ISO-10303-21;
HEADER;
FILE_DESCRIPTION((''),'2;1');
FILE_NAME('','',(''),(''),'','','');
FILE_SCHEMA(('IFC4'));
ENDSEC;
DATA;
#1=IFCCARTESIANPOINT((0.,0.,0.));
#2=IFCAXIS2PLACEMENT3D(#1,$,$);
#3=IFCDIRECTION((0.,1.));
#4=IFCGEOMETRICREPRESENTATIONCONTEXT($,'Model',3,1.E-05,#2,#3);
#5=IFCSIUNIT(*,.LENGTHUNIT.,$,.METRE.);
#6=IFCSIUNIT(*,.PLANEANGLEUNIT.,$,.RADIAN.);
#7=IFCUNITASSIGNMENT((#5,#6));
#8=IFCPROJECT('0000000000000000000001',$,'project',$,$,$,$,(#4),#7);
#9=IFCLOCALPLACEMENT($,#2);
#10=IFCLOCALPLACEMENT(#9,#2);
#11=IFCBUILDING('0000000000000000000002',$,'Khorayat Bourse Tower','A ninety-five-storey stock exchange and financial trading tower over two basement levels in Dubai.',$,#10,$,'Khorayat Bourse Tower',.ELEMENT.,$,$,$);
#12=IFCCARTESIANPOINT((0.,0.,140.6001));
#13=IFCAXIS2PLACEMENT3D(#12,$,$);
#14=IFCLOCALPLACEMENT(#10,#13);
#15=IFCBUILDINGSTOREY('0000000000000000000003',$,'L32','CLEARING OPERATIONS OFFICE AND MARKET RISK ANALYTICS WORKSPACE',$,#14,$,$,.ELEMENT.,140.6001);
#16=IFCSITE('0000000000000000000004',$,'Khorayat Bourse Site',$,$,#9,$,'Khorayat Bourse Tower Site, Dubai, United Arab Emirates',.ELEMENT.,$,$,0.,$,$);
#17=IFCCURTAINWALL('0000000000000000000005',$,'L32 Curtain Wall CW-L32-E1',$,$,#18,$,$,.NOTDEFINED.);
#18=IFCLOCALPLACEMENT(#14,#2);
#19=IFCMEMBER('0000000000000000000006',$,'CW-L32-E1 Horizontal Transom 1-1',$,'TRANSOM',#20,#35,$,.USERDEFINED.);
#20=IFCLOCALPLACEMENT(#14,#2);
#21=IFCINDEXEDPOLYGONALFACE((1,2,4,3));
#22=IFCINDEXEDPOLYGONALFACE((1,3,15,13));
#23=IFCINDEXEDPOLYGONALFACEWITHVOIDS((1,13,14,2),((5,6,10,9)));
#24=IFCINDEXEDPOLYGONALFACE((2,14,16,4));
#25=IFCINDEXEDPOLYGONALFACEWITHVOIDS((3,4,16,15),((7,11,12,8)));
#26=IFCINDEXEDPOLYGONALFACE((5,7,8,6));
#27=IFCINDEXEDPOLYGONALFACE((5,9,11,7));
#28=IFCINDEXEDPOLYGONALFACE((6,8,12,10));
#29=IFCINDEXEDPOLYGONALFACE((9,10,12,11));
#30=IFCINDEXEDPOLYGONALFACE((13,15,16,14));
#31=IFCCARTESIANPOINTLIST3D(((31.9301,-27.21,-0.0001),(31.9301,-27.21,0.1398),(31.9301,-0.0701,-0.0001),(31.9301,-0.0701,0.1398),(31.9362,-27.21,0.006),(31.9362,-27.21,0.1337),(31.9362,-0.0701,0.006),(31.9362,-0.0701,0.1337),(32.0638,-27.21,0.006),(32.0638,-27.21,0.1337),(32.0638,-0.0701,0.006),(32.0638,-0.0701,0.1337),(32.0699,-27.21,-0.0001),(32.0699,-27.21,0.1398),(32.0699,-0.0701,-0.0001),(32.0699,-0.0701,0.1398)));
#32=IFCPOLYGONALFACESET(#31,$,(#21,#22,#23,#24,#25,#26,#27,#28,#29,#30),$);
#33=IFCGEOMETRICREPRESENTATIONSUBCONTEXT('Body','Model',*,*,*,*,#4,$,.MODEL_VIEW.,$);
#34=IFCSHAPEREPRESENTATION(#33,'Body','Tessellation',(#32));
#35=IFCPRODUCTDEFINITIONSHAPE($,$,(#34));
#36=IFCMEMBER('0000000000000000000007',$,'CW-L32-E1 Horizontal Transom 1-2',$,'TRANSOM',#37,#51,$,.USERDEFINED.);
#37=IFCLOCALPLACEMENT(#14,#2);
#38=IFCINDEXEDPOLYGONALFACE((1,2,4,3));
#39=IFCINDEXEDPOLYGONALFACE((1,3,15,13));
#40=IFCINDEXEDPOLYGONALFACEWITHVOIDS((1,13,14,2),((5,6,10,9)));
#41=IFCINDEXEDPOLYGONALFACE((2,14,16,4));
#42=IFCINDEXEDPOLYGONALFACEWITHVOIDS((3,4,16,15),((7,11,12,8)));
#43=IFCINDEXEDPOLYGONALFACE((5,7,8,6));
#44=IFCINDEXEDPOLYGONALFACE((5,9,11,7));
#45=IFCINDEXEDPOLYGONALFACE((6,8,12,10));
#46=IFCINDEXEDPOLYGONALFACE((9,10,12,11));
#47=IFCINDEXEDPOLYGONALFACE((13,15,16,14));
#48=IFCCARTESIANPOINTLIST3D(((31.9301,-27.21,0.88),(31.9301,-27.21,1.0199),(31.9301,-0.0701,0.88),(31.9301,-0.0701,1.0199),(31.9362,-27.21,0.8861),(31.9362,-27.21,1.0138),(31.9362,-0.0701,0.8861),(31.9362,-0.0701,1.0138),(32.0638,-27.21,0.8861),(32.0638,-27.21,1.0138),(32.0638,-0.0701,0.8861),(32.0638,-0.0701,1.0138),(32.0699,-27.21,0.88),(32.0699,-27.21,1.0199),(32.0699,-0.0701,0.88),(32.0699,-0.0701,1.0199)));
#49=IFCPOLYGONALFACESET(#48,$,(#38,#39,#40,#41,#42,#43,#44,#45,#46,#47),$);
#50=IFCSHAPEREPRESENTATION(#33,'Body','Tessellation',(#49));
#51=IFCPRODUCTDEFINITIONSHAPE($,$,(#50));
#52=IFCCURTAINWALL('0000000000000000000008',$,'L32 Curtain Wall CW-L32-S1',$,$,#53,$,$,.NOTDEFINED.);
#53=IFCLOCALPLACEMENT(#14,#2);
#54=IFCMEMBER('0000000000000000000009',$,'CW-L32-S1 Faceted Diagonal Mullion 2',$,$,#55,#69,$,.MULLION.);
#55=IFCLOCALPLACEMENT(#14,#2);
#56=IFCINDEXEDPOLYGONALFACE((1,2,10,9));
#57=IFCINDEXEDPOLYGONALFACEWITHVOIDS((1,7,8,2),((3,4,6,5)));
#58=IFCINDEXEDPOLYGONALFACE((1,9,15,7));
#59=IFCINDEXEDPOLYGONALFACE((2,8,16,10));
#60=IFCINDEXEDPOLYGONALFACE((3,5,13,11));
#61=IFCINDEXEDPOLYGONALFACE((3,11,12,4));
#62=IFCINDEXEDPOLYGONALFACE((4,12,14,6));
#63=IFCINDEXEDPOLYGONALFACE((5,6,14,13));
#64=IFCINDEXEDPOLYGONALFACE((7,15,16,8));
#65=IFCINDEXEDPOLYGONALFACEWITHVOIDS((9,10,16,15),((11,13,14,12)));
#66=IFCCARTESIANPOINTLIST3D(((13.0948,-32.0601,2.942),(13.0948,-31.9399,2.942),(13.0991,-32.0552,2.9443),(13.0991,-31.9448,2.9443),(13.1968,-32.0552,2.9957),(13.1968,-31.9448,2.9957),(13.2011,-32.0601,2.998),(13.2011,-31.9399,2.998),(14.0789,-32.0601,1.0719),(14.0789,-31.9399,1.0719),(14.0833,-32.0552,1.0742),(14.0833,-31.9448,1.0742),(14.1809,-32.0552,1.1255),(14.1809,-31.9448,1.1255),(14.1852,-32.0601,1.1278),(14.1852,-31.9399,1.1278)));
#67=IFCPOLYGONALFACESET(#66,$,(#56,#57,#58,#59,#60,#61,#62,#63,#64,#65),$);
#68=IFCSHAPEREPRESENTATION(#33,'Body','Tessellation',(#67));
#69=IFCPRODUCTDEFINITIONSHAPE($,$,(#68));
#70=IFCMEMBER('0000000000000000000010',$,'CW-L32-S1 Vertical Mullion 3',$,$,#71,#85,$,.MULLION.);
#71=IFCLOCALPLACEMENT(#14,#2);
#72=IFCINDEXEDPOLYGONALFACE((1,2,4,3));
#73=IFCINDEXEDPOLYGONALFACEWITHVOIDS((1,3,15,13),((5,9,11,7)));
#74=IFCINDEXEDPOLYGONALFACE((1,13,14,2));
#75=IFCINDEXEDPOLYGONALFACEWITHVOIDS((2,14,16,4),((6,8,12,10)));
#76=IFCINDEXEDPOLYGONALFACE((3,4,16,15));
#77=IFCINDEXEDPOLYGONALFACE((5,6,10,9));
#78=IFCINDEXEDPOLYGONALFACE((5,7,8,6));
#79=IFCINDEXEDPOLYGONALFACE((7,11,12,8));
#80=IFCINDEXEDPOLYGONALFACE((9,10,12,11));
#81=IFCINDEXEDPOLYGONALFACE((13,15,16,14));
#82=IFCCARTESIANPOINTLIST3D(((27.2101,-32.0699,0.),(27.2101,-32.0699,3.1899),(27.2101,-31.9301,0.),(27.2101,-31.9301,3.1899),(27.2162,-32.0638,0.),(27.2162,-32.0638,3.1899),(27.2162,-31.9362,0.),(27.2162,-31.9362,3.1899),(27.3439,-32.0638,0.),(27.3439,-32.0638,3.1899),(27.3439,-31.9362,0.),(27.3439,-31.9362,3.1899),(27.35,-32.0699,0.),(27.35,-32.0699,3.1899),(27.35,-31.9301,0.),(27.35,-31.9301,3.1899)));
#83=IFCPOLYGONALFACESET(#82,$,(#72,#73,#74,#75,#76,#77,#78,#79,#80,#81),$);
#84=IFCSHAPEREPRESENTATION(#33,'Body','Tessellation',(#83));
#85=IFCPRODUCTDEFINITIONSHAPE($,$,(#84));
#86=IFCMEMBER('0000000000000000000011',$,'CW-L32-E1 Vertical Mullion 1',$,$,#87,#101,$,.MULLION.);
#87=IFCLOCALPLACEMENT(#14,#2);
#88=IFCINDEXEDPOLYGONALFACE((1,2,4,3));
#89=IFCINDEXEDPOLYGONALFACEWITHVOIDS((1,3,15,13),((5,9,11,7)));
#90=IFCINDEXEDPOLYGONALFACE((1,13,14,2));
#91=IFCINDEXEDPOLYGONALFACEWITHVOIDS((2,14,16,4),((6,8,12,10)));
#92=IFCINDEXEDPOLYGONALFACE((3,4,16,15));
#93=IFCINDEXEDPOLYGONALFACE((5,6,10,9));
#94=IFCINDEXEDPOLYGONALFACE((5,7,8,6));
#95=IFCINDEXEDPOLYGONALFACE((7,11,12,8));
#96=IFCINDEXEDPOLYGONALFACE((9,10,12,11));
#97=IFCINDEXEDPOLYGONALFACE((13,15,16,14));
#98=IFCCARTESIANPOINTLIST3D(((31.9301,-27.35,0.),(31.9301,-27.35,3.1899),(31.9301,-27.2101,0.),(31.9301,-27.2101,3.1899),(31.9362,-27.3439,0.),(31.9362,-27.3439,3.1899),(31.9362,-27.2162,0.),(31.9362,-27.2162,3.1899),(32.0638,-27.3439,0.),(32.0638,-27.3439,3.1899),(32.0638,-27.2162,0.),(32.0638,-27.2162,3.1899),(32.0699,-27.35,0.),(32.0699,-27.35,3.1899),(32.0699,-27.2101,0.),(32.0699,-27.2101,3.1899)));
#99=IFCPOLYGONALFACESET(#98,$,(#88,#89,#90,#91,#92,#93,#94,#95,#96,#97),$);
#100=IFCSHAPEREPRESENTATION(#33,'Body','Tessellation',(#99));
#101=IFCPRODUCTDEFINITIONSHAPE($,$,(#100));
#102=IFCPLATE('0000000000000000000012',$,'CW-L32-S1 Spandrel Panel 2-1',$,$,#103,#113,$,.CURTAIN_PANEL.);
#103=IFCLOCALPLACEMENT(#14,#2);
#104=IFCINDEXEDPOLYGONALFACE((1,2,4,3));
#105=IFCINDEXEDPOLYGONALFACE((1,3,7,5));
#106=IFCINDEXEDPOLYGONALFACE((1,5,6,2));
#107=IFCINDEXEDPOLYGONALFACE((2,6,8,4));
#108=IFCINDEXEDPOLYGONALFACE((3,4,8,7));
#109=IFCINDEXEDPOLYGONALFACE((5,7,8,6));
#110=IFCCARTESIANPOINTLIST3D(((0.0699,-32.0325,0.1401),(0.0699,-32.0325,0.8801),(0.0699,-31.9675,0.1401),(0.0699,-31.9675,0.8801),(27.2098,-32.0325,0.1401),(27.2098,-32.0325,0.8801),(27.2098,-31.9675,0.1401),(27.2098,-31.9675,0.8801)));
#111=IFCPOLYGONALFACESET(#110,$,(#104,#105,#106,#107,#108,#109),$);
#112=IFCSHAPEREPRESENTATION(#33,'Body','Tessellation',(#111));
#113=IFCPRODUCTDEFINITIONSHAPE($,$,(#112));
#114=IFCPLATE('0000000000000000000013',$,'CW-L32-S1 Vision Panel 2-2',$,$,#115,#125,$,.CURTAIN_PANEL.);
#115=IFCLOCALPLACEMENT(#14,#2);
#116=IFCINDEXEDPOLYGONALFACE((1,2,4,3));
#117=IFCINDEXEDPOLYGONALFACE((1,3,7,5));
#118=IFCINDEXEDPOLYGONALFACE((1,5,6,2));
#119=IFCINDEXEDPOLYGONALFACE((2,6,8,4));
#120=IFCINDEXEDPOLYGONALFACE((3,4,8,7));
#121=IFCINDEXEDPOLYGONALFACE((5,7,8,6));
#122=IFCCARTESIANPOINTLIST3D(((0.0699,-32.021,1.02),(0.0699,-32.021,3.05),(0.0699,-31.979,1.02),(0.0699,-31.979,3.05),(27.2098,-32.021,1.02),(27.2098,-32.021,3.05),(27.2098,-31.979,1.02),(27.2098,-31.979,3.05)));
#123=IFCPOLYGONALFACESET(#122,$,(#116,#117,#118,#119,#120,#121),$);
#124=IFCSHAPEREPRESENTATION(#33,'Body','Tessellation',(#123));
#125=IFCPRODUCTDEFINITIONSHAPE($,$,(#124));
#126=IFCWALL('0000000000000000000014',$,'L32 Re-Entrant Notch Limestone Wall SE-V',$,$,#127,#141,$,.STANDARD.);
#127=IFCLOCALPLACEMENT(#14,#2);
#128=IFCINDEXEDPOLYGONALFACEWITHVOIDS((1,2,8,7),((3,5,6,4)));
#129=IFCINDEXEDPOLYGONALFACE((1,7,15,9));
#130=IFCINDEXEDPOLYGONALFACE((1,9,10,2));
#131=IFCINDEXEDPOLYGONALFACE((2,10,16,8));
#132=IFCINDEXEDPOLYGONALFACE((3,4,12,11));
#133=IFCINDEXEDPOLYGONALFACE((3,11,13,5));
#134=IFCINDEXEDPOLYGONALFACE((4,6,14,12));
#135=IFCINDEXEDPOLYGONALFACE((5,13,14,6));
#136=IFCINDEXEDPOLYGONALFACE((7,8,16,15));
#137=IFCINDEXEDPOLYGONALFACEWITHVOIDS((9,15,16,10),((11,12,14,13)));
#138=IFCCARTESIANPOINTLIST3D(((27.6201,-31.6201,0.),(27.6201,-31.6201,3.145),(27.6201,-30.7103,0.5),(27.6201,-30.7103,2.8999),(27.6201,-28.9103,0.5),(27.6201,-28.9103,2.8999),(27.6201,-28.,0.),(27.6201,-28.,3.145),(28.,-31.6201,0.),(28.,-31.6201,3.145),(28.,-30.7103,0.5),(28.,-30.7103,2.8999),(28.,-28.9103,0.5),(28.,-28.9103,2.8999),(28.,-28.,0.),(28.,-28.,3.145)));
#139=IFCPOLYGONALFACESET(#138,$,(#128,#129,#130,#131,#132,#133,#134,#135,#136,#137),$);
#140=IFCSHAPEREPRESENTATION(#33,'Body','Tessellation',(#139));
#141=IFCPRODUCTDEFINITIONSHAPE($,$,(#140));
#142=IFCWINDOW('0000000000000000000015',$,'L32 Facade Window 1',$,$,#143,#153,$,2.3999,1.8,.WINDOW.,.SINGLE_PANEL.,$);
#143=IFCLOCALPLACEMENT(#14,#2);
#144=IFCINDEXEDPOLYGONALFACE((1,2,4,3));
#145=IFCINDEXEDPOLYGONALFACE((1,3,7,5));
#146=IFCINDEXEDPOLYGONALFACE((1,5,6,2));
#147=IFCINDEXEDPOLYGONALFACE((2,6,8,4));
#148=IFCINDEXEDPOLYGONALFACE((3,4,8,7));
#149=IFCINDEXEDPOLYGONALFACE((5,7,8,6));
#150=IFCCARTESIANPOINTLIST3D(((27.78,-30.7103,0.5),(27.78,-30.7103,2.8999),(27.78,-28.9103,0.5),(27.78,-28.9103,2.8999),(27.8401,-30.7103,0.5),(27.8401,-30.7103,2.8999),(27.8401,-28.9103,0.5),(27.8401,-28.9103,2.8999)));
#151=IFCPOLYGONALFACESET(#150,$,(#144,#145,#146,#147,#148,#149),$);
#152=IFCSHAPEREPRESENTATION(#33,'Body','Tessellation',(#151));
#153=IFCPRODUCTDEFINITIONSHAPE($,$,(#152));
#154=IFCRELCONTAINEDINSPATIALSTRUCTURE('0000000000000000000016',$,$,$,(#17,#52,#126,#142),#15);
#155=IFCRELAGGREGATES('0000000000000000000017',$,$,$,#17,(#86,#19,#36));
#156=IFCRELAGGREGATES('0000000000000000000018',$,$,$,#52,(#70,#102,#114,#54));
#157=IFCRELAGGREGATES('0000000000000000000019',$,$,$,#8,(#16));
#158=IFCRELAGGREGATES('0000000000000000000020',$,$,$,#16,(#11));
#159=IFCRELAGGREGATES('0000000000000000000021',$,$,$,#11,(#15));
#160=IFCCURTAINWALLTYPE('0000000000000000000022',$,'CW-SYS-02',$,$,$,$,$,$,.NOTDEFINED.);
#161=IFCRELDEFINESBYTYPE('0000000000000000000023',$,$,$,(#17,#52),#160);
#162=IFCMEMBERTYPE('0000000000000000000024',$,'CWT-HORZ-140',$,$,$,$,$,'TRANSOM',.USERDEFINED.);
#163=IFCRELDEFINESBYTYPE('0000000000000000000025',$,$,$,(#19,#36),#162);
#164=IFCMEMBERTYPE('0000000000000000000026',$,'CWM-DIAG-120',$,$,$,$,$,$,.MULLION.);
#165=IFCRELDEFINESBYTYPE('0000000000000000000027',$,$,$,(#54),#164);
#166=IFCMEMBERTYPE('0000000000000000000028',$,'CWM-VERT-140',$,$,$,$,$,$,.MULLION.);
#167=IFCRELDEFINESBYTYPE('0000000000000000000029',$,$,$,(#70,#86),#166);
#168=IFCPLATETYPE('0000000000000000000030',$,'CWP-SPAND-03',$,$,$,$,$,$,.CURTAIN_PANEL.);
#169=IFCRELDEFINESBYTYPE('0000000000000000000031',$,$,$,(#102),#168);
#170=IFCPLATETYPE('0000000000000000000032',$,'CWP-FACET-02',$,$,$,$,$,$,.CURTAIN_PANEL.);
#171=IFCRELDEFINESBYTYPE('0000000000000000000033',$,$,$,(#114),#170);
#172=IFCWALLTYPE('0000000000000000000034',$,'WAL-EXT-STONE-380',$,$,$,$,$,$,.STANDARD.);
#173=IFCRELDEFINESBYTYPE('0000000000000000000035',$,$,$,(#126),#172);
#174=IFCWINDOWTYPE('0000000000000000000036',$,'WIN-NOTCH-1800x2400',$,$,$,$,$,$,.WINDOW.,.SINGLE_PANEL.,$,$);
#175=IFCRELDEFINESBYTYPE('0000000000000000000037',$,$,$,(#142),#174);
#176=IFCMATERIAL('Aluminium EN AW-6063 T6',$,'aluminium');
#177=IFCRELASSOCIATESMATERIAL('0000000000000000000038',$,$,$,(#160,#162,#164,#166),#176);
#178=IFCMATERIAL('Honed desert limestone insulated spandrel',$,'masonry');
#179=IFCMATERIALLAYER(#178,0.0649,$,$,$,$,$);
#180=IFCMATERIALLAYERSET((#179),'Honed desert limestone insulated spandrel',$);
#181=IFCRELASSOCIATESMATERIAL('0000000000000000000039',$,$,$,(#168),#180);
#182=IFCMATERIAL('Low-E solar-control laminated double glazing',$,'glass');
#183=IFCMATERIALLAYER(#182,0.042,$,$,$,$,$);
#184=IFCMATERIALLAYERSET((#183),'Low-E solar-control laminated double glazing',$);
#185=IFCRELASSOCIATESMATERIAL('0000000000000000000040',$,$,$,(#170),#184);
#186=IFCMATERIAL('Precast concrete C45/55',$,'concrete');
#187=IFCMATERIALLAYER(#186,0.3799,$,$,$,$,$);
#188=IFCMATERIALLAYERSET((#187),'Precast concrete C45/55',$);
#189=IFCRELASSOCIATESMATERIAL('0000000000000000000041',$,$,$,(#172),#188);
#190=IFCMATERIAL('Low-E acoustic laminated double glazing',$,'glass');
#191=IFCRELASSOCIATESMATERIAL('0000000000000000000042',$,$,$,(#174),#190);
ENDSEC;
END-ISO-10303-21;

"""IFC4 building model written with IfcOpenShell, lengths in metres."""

from ifc_helpers import new_model, si_unit, direction, frame, frame_2d, origin, origin_2d, place, context, subcontext, project, spatial, rectangle, hollow_rectangle, extrude, source, transform, mapped, material, layer, layer_set, material_profile, profile_set, type_object, element, fill, aggregate, save


model = new_model("IFC4")

# Units and contexts
model_context = context("Model", 3, precision=1e-05, world=origin(), true_north=direction((0.0, 1.0)))
body_context = subcontext(model_context, "Body", "Model", "MODEL_VIEW")
ifc_project = project(units=[si_unit("LENGTHUNIT", "METRE"), si_unit("PLANEANGLEUNIT", "RADIAN")], contexts=[model_context])

# Site, building, storey
site_placement = place(None, origin())
site = spatial("IfcSite", under=ifc_project, at=site_placement, Name="Khorayat Bourse Site", LongName="Khorayat Bourse Tower Site, Dubai, United Arab Emirates", CompositionType="ELEMENT", RefElevation=0.0)
building_placement = place(site_placement, origin())
building = spatial("IfcBuilding", under=site, at=building_placement, Name="Khorayat Bourse Tower", Description="A ninety-five-storey stock exchange and financial trading tower over two basement levels in Dubai.", LongName="Khorayat Bourse Tower", CompositionType="ELEMENT")
storey_placement = place(building_placement, frame((0.0, 0.0, 140.6001)))
storey = spatial("IfcBuildingStorey", under=building, at=storey_placement, Name="L32", Description="CLEARING OPERATIONS OFFICE AND MARKET RISK ANALYTICS WORKSPACE", CompositionType="ELEMENT", Elevation=140.6001)

# Curtain walls, members
ifc_material_1 = material(Name="Aluminium EN AW-6063 T6", Category="aluminium")
curtain_wall_type = type_object("IfcCurtainWallType", Name="CW-SYS-02", PredefinedType="NOTDEFINED", material=ifc_material_1)
curtain_wall_1_placement = place(storey_placement, origin())
curtain_wall_1 = element("IfcCurtainWall", 1, at=curtain_wall_1_placement, inside=storey, type_object=curtain_wall_type, Name="L32 Curtain Wall CW-L32-E1", PredefinedType="NOTDEFINED")
ifc_material_profile_1 = material_profile(ifc_material_1, hollow_rectangle(XDim=0.1399, YDim=0.1399, WallThickness=0.0061, at=origin_2d()), Name="ALU 140x140x6")
ifc_profile_set_1 = profile_set([ifc_material_profile_1], Name="Aluminium EN AW-6063 T6")
member_type_1 = type_object("IfcMemberType", Name="CWT-HORZ-140", ElementType="TRANSOM", PredefinedType="USERDEFINED", material=ifc_profile_set_1)
shared_shape_1 = source(origin(), body_context, "Body", "SweptSolid", [
    extrude(hollow_rectangle(XDim=0.1399, YDim=0.1399, WallThickness=0.0061, at=origin_2d()), origin(), (0.0, 0.0, 1.0), 27.1399),
])
member_1_placement = place(storey_placement, frame((32.0, -27.21, 0.0698), z_axis=(0.0, 1.0, 0.0), x_axis=(-1.0, 0.0, 0.0)))
member_1 = element("IfcMember", 2, at=member_1_placement, type_object=member_type_1, Name="CW-L32-E1 Horizontal Transom 1-1", ObjectType="TRANSOM", PredefinedType="USERDEFINED", context=body_context, shape_type="MappedRepresentation", body=[
    mapped(shared_shape_1, transform((0.0, 0.0, 0.0), scale=1.0)),
])
member_2_placement = place(storey_placement, frame((32.0, -27.21, 0.95), z_axis=(0.0, 1.0, 0.0), x_axis=(-1.0, 0.0, 0.0)))
member_2 = element("IfcMember", 3, at=member_2_placement, type_object=member_type_1, Name="CW-L32-E1 Horizontal Transom 1-2", ObjectType="TRANSOM", PredefinedType="USERDEFINED", context=body_context, shape_type="MappedRepresentation", body=[
    mapped(shared_shape_1, transform((0.0, 0.0, 0.0), scale=1.0)),
])
curtain_wall_2_placement = place(storey_placement, origin())
curtain_wall_2 = element("IfcCurtainWall", 4, at=curtain_wall_2_placement, inside=storey, type_object=curtain_wall_type, Name="L32 Curtain Wall CW-L32-S1", PredefinedType="NOTDEFINED")
ifc_material_profile_2 = material_profile(ifc_material_1, hollow_rectangle(XDim=0.1201, YDim=0.1201, WallThickness=0.0049, at=origin_2d()), Name="ALU 120x120x5")
ifc_profile_set_2 = profile_set([ifc_material_profile_2], Name="Aluminium EN AW-6063 T6")
member_type_2 = type_object("IfcMemberType", Name="CWM-DIAG-120", PredefinedType="MULLION", material=ifc_profile_set_2)
shared_shape_2 = source(origin(), body_context, "Body", "SweptSolid", [
    extrude(hollow_rectangle(XDim=0.1201, YDim=0.1201, WallThickness=0.0049, at=origin_2d()), origin(), (0.0, 0.0, 1.0), 2.1133),
])
member_3_placement = place(storey_placement, frame((14.1321, -32.0, 1.0999), z_axis=(-0.465694, 0.0, 0.884946), x_axis=(0.0, -1.0, 0.0)))
member_3 = element("IfcMember", 5, at=member_3_placement, type_object=member_type_2, Name="CW-L32-S1 Faceted Diagonal Mullion 2", PredefinedType="MULLION", context=body_context, shape_type="MappedRepresentation", body=[
    mapped(shared_shape_2, transform((0.0, 0.0, 0.0), scale=1.0)),
])
ifc_material_profile_3 = material_profile(ifc_material_1, hollow_rectangle(XDim=0.1399, YDim=0.1399, WallThickness=0.0061, at=origin_2d()), Name="ALU 140x140x6")
ifc_profile_set_3 = profile_set([ifc_material_profile_3], Name="Aluminium EN AW-6063 T6")
member_type_3 = type_object("IfcMemberType", Name="CWM-VERT-140", PredefinedType="MULLION", material=ifc_profile_set_3)
shared_shape_3 = source(origin(), body_context, "Body", "SweptSolid", [
    extrude(hollow_rectangle(XDim=0.1399, YDim=0.1399, WallThickness=0.0061, at=origin_2d()), origin(), (0.0, 0.0, 1.0), 3.1899),
])
member_4_placement = place(storey_placement, frame((27.28, -32.0, 0.0), z_axis=(0.0, 0.0, 1.0), x_axis=(0.0, 1.0, 0.0)))
member_4 = element("IfcMember", 6, at=member_4_placement, type_object=member_type_3, Name="CW-L32-S1 Vertical Mullion 3", PredefinedType="MULLION", context=body_context, shape_type="MappedRepresentation", body=[
    mapped(shared_shape_3, transform((0.0, 0.0, 0.0), scale=1.0)),
])

# Member
member_5_placement = place(storey_placement, frame((32.0, -27.28, 0.0), z_axis=(0.0, 0.0, 1.0), x_axis=(-1.0, 0.0, 0.0)))
member_5 = element("IfcMember", 7, at=member_5_placement, type_object=member_type_3, Name="CW-L32-E1 Vertical Mullion 1", PredefinedType="MULLION", context=body_context, shape_type="MappedRepresentation", body=[
    mapped(shared_shape_3, transform((0.0, 0.0, 0.0), scale=1.0)),
])
aggregate(curtain_wall_1, [member_5, member_1, member_2])

# Plates
ifc_material_2 = material(Name="Honed desert limestone insulated spandrel", Category="masonry")
ifc_layer_1 = layer(ifc_material_2, 0.0649)
ifc_layer_set_1 = layer_set([ifc_layer_1], Name="Honed desert limestone insulated spandrel")
plate_type_1 = type_object("IfcPlateType", Name="CWP-SPAND-03", PredefinedType="CURTAIN_PANEL", material=ifc_layer_set_1)
shared_shape_4 = source(origin(), body_context, "Body", "SweptSolid", [
    extrude(rectangle(XDim=27.1399, YDim=0.0649, at=origin_2d()), origin(), (0.0, 0.0, 1.0), 0.74),
])
plate_1_placement = place(storey_placement, frame((13.6399, -32.0, 0.1401), z_axis=(0.0, 0.0, 1.0), x_axis=(1.0, 0.0, 0.0)))
plate_1 = element("IfcPlate", 8, at=plate_1_placement, type_object=plate_type_1, Name="CW-L32-S1 Spandrel Panel 2-1", PredefinedType="CURTAIN_PANEL", context=body_context, shape_type="MappedRepresentation", body=[
    mapped(shared_shape_4, transform((0.0, 0.0, 0.0), scale=1.0)),
])
ifc_material_3 = material(Name="Low-E solar-control laminated double glazing", Category="glass")
ifc_layer_2 = layer(ifc_material_3, 0.042)
ifc_layer_set_2 = layer_set([ifc_layer_2], Name="Low-E solar-control laminated double glazing")
plate_type_2 = type_object("IfcPlateType", Name="CWP-FACET-02", PredefinedType="CURTAIN_PANEL", material=ifc_layer_set_2)
shared_shape_5 = source(origin(), body_context, "Body", "SweptSolid", [
    extrude(rectangle(XDim=27.1399, YDim=0.042, at=origin_2d()), origin(), (0.0, 0.0, 1.0), 2.03),
])
plate_2_placement = place(storey_placement, frame((13.6399, -32.0, 1.02), z_axis=(0.0, 0.0, 1.0), x_axis=(1.0, 0.0, 0.0)))
plate_2 = element("IfcPlate", 9, at=plate_2_placement, type_object=plate_type_2, Name="CW-L32-S1 Vision Panel 2-2", PredefinedType="CURTAIN_PANEL", context=body_context, shape_type="MappedRepresentation", body=[
    mapped(shared_shape_5, transform((0.0, 0.0, 0.0), scale=1.0)),
])
aggregate(curtain_wall_2, [member_4, plate_1, plate_2, member_3])

# Wall, opening, window
ifc_material_4 = material(Name="Precast concrete C45/55", Category="concrete")
ifc_layer_3 = layer(ifc_material_4, 0.3799)
ifc_layer_set_3 = layer_set([ifc_layer_3], Name="Precast concrete C45/55")
wall_type_1 = type_object("IfcWallType", Name="WAL-EXT-STONE-380", PredefinedType="STANDARD", material=ifc_layer_set_3)
shared_shape_6 = source(origin(), body_context, "Body", "SweptSolid", [
    extrude(rectangle(XDim=3.6201, YDim=0.3799, at=frame_2d((1.8101, 0.0))), origin(), (0.0, 0.0, 1.0), 3.145),
])
wall_1_placement = place(storey_placement, frame((27.8101, -31.6201, 0.0), z_axis=(0.0, 0.0, 1.0), x_axis=(0.0, 1.0, 0.0)))
wall_1 = element("IfcWall", 10, at=wall_1_placement, inside=storey, type_object=wall_type_1, Name="L32 Re-Entrant Notch Limestone Wall SE-V", PredefinedType="STANDARD", context=body_context, shape_type="MappedRepresentation", body=[
    mapped(shared_shape_6, transform((0.0, 0.0, 0.0), scale=1.0)),
])
shared_shape_7 = source(origin(), body_context, "Body", "SweptSolid", [
    extrude(rectangle(XDim=1.8, YDim=2.3999, at=frame_2d((0.8999, 1.2))), frame((0.0, 0.2, 0.0), z_axis=(0.0, -1.0, 0.0), x_axis=(1.0, 0.0, 0.0)), (0.0, 0.0, 1.0), 0.3999),
])
opening_1_placement = place(wall_1_placement, frame((0.9099, 0.0, 0.5)))
opening_1 = element("IfcOpeningElement", 11, at=opening_1_placement, cuts=wall_1, PredefinedType="OPENING", context=body_context, shape_type="MappedRepresentation", body=[
    mapped(shared_shape_7, transform((0.0, 0.0, 0.0), scale=1.0)),
])
ifc_material_5 = material(Name="Low-E acoustic laminated double glazing", Category="glass")
window_type = type_object("IfcWindowType", Name="WIN-NOTCH-1800x2400", PartitioningType="SINGLE_PANEL", PredefinedType="WINDOW", material=ifc_material_5)
shared_shape_8 = source(origin(), body_context, "Body", "SweptSolid", [
    extrude(rectangle(XDim=1.8, YDim=2.3999, at=frame_2d((0.8999, 1.2))), frame((0.0, 0.03, 0.0), z_axis=(0.0, -1.0, 0.0), x_axis=(1.0, 0.0, 0.0)), (0.0, 0.0, 1.0), 0.0601),
])
window_1_placement = place(opening_1_placement, origin())
window_1 = element("IfcWindow", 12, at=window_1_placement, inside=storey, type_object=window_type, Name="L32 Facade Window 1", OverallHeight=2.3999, OverallWidth=1.8, PartitioningType="SINGLE_PANEL", PredefinedType="WINDOW", context=body_context, shape_type="MappedRepresentation", body=[
    mapped(shared_shape_8, transform((0.0, 0.0, 0.0), scale=1.0)),
])
fill(opening_1, window_1)

save(model, "model.ifc")
